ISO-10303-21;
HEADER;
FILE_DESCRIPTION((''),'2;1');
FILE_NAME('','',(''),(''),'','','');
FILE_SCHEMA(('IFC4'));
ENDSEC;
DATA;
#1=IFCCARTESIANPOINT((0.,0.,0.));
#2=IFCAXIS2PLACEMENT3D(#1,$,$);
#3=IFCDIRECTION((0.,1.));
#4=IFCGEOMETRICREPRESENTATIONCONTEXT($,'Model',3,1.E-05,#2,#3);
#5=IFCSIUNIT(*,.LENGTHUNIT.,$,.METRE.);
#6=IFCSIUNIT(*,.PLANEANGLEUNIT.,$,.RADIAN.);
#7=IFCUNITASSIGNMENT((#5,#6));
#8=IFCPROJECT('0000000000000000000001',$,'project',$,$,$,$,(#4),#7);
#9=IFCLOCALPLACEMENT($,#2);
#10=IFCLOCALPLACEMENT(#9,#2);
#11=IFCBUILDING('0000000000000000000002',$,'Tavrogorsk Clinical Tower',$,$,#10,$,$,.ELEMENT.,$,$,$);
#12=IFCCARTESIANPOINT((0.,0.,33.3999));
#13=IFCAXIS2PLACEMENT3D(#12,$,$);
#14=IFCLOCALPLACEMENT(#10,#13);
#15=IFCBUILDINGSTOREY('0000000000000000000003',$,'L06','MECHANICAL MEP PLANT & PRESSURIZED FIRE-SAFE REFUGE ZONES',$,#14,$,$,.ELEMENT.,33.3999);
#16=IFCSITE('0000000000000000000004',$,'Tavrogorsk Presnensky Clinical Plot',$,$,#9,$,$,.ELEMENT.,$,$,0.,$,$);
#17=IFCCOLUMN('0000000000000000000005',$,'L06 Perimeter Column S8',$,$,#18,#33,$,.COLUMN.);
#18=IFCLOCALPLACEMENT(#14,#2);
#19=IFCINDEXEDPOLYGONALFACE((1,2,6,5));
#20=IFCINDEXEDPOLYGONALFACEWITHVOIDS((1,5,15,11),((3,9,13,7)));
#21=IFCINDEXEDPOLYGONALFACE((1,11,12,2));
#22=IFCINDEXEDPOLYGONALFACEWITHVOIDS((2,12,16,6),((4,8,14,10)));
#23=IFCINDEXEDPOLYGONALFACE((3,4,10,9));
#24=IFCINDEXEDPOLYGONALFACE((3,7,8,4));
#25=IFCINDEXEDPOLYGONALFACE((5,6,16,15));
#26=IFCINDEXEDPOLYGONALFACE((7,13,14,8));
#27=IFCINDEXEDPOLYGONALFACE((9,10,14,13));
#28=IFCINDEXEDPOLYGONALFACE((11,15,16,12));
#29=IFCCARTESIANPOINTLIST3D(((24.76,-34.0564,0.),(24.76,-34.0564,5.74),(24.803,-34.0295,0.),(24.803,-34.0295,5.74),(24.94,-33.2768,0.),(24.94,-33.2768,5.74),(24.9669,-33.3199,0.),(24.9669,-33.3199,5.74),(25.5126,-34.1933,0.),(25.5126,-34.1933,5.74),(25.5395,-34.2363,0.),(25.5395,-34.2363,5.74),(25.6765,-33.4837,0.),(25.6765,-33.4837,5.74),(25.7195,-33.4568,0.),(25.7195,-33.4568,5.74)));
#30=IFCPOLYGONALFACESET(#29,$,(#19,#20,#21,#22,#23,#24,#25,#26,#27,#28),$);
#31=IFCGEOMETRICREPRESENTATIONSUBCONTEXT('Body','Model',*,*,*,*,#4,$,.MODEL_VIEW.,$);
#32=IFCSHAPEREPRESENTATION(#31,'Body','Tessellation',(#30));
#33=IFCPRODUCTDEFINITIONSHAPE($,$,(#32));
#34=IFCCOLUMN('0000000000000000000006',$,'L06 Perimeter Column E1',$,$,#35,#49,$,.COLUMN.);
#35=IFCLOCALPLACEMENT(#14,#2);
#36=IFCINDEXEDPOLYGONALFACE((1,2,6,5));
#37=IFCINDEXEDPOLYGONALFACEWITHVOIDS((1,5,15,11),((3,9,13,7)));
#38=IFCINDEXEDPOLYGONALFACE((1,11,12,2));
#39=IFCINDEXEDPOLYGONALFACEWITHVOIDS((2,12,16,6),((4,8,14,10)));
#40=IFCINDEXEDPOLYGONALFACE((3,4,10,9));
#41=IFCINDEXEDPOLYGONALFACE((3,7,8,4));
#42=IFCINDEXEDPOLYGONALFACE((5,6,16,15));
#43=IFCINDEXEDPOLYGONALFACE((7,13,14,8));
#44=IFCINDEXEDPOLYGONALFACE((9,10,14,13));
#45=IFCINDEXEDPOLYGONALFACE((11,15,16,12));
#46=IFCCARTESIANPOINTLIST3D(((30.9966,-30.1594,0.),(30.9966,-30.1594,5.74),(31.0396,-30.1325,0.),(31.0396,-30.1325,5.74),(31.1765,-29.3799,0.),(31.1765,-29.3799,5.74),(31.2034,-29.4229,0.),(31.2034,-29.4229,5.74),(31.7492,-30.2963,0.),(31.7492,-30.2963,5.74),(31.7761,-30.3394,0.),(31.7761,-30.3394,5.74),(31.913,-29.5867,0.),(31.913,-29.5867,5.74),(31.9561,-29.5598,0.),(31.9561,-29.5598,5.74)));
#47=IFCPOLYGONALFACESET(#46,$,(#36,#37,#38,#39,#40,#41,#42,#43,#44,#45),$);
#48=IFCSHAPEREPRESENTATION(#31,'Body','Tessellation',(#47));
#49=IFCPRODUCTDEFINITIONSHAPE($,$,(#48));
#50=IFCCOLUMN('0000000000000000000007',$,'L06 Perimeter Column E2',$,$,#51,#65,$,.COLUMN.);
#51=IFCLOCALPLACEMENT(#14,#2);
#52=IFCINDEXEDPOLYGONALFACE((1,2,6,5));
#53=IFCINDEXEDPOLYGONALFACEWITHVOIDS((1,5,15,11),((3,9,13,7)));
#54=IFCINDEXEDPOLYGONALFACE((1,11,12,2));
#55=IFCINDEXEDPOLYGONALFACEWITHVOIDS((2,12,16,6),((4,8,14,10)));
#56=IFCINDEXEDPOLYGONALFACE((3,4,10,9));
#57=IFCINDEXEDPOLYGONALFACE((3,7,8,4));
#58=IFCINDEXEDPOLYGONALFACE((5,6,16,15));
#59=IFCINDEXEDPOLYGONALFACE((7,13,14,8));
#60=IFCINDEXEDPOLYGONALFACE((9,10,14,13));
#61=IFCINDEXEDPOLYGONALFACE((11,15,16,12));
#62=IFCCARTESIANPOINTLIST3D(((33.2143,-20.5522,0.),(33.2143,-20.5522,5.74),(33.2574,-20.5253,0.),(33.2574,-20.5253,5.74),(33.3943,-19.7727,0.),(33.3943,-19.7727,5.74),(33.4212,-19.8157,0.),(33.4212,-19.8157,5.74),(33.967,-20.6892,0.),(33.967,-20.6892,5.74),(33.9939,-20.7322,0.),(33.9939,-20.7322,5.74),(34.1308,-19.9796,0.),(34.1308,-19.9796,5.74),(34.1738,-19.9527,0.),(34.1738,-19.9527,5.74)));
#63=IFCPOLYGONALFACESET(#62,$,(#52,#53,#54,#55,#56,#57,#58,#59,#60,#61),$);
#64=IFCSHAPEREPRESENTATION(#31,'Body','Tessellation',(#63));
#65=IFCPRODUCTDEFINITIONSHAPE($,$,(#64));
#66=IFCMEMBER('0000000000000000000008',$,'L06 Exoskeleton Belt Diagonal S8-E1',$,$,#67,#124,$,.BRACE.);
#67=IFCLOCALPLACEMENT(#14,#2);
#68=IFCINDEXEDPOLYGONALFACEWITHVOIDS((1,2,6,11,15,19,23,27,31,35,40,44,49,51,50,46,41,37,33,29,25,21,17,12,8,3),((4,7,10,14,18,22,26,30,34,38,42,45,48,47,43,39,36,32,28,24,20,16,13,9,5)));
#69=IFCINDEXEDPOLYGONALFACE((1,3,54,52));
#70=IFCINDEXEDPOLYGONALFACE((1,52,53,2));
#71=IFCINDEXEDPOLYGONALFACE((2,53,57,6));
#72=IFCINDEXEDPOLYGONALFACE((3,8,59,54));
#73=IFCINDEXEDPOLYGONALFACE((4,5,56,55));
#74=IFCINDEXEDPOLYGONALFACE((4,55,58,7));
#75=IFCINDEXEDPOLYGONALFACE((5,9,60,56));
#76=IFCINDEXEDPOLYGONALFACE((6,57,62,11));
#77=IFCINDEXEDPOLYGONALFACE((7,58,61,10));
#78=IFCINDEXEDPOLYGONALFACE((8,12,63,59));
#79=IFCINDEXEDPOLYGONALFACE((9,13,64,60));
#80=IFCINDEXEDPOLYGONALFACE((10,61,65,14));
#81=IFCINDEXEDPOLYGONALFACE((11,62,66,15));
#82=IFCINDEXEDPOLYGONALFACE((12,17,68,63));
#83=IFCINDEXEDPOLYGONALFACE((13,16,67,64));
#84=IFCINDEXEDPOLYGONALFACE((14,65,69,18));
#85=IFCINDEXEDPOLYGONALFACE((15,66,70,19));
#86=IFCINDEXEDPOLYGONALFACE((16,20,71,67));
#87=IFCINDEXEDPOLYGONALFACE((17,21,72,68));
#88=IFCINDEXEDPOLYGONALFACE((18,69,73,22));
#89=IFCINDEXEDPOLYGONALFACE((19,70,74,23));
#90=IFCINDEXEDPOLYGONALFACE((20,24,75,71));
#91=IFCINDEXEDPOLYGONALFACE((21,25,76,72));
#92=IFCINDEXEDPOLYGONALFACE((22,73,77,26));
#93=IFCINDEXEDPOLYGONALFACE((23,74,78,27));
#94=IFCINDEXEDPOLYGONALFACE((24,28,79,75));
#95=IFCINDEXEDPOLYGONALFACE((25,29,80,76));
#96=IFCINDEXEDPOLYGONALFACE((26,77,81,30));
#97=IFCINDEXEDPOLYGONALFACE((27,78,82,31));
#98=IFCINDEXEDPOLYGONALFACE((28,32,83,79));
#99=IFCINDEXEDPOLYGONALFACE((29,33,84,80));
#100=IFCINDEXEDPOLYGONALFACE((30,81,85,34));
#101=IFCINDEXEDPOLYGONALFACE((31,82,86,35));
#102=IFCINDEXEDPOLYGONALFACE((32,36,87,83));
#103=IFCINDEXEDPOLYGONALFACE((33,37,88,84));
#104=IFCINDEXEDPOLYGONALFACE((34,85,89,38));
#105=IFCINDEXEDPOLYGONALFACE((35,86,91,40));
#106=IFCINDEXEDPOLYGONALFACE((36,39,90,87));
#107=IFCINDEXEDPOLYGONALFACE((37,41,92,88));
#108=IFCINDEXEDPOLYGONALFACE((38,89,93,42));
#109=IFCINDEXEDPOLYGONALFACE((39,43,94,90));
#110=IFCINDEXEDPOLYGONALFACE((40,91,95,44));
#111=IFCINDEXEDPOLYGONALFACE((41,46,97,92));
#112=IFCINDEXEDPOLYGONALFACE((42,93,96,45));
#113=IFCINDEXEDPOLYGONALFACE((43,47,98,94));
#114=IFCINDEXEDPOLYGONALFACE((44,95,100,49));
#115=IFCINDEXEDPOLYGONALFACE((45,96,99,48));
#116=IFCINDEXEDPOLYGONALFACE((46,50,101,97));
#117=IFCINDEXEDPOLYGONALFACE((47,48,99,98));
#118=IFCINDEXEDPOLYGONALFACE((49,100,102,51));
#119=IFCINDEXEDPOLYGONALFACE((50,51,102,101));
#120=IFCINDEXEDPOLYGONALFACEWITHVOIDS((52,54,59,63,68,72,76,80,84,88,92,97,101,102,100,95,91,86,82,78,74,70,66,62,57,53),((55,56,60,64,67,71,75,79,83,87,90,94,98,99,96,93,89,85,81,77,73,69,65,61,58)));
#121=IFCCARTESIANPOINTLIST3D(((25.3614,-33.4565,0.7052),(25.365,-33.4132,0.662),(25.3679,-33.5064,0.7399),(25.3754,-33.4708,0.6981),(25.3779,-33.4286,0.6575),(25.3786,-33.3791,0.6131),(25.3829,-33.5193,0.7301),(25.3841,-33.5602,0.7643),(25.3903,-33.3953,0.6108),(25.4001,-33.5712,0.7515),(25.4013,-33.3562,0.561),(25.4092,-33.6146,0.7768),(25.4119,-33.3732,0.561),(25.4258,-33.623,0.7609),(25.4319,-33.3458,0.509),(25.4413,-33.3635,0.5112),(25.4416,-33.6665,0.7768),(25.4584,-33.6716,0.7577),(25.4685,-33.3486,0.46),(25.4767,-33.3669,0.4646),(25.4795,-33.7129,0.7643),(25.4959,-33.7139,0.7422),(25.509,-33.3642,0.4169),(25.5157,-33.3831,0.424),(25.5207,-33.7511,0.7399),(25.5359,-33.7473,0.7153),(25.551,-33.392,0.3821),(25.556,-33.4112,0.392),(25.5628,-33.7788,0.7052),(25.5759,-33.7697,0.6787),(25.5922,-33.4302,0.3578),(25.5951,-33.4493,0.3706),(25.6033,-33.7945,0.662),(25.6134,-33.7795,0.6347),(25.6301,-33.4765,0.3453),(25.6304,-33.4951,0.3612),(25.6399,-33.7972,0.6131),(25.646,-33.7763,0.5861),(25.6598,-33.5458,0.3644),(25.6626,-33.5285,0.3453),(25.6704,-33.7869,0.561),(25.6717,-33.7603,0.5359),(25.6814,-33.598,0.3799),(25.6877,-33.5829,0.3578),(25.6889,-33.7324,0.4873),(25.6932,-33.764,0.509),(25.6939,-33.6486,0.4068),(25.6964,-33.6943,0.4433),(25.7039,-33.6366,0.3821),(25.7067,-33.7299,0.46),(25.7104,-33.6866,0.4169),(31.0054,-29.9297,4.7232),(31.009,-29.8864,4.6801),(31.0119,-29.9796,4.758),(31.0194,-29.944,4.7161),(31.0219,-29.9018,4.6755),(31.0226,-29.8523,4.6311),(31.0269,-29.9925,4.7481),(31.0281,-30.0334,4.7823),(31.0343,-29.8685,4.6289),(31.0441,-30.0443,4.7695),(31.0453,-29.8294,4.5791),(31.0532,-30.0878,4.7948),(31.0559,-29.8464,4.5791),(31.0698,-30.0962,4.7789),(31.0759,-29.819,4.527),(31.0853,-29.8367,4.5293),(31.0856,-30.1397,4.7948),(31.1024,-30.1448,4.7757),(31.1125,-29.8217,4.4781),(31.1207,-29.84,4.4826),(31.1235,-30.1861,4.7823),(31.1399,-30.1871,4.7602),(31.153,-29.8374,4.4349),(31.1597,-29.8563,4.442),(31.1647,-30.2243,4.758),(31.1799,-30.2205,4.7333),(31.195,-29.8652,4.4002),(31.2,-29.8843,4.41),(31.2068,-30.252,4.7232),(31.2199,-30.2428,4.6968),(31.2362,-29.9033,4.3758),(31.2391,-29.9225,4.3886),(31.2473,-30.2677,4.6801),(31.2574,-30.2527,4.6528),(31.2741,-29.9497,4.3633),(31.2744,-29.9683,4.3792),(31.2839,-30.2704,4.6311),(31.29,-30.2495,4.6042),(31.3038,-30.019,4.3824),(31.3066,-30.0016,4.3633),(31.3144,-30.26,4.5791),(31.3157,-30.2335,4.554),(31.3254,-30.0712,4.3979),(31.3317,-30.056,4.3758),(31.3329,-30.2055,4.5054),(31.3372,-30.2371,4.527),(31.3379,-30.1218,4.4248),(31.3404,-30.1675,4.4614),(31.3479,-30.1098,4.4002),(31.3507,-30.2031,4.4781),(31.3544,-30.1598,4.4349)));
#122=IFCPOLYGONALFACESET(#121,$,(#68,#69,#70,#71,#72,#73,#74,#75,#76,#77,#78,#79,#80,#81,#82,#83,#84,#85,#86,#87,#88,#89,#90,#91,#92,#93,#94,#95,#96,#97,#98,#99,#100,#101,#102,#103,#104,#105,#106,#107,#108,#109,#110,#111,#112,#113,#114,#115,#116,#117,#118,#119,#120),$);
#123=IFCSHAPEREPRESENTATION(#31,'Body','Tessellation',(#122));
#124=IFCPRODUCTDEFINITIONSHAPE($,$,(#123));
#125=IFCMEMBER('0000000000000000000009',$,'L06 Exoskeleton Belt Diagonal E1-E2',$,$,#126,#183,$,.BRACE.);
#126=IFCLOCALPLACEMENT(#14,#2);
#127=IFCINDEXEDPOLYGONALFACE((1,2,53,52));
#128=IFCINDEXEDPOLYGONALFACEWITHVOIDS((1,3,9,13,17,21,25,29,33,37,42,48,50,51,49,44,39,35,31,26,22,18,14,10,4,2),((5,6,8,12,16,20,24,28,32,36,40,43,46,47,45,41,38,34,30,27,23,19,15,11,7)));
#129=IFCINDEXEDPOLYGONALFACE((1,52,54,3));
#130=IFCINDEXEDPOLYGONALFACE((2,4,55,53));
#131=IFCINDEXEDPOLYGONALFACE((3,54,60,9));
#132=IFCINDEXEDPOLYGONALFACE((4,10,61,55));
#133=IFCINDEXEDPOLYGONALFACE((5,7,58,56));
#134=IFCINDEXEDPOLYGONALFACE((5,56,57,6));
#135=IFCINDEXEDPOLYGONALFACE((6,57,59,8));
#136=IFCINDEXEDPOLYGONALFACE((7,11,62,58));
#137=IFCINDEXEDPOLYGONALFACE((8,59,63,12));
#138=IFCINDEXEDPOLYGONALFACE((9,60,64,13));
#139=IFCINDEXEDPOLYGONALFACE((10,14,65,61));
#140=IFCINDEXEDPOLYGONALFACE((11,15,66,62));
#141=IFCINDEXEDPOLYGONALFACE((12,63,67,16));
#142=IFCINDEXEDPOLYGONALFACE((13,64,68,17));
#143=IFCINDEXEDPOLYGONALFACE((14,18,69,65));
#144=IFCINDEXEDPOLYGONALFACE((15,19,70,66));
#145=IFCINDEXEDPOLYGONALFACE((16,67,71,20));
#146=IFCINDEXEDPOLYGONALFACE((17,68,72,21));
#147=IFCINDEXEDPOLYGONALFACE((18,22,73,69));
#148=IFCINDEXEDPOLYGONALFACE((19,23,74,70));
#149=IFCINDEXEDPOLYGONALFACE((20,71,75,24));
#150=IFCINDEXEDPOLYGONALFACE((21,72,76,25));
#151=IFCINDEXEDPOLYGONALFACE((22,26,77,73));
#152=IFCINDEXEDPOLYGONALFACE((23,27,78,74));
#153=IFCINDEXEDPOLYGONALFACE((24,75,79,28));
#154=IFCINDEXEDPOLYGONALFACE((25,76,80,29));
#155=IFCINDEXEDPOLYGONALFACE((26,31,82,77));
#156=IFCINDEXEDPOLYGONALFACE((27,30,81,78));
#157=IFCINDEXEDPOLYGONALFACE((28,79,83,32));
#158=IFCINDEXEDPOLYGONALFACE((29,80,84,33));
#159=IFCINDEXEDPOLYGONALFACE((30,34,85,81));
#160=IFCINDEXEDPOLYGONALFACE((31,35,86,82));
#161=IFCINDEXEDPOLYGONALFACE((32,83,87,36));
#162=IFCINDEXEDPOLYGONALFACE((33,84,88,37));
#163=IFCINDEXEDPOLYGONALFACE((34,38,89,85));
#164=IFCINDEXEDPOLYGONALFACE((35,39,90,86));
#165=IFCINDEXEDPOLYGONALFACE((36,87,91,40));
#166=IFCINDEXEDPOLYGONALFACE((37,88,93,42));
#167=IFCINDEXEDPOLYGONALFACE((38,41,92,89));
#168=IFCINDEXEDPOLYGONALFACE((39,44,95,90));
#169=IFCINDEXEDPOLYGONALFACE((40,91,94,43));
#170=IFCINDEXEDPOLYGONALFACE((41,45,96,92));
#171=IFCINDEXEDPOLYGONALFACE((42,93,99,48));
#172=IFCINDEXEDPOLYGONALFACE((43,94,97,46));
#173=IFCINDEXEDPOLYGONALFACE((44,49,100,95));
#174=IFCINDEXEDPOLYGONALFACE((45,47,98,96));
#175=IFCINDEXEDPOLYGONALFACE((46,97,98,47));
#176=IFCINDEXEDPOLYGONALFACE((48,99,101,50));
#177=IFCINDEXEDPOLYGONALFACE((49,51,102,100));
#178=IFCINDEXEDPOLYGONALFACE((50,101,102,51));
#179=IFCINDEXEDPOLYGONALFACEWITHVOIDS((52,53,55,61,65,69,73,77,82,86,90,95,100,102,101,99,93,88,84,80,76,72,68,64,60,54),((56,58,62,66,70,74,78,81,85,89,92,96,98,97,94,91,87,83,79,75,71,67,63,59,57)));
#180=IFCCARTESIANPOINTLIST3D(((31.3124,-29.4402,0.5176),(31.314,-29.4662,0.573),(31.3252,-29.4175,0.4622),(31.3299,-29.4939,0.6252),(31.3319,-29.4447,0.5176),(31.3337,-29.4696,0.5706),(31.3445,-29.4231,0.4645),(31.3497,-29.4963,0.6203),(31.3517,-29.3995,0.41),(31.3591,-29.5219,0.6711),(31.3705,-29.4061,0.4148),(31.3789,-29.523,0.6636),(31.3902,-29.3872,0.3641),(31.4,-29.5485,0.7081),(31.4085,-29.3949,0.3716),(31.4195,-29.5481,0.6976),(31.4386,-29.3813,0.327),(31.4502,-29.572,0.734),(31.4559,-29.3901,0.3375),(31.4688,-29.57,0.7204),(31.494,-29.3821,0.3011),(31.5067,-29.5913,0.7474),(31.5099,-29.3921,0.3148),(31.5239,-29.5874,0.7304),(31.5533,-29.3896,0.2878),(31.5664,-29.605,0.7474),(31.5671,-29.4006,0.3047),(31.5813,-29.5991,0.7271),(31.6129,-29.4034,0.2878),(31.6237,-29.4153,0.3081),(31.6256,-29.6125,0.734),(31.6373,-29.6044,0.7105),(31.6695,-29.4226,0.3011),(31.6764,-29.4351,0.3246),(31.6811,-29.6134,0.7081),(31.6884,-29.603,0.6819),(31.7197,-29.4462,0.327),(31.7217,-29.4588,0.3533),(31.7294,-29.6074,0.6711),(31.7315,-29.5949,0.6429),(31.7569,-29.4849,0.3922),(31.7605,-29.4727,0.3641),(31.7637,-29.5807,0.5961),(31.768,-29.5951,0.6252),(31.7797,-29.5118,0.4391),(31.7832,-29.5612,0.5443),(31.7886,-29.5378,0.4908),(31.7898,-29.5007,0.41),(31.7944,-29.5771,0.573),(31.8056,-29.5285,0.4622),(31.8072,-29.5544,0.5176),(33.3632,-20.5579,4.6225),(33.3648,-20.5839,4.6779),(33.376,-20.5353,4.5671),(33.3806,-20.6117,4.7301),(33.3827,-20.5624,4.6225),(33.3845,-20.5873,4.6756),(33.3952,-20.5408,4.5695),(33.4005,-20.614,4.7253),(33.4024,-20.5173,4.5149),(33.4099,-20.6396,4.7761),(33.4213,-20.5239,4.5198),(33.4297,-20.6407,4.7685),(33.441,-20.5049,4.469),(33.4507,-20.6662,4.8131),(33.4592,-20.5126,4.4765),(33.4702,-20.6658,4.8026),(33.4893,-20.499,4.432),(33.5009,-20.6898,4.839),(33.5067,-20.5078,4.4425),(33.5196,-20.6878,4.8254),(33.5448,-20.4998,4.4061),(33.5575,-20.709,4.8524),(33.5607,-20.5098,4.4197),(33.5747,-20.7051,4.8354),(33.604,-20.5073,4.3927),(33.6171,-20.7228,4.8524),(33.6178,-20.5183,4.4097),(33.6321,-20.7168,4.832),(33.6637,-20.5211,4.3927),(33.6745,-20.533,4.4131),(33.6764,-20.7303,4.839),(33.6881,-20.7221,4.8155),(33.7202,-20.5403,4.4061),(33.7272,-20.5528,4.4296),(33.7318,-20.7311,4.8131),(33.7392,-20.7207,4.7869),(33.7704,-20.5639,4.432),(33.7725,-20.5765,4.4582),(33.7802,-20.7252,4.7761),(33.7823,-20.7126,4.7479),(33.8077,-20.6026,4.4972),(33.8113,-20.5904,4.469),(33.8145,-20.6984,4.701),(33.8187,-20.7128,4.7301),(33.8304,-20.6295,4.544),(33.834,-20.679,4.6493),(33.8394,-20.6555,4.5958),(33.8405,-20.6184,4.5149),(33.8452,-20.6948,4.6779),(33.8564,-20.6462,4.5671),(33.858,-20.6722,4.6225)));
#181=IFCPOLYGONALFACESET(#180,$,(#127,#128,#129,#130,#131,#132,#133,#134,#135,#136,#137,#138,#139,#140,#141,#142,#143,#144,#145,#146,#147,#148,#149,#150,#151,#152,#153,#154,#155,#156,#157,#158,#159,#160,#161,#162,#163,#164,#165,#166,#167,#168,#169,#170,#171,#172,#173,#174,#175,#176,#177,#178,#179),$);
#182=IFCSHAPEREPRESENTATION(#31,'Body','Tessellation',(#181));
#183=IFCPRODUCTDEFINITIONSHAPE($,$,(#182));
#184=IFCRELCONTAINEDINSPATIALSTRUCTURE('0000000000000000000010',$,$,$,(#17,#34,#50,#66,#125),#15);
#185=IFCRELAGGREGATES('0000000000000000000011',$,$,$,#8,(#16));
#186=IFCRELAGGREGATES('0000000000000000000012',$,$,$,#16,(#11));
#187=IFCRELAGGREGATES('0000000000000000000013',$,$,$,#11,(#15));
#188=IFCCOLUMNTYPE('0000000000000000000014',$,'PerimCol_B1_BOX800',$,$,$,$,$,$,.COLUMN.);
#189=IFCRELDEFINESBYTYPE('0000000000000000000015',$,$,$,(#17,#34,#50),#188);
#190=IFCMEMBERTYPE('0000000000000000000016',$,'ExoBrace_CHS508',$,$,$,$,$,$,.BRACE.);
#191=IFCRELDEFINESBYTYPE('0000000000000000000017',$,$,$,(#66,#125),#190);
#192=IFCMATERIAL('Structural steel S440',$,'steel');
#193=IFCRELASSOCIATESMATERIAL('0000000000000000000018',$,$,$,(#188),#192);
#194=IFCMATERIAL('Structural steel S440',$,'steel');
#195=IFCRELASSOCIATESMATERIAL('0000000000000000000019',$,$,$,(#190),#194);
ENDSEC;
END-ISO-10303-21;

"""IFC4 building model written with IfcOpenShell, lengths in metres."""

from ifc_helpers import new_model, si_unit, direction, frame, origin, origin_2d, place, context, subcontext, project, spatial, hollow_rectangle, hollow_circle, extrude, material, material_profile, profile_set, type_object, element, save


model = new_model("IFC4")

# Units and contexts
model_context = context("Model", 3, precision=1e-05, world=origin(), true_north=direction((0.0, 1.0)))
body_context = subcontext(model_context, "Body", "Model", "MODEL_VIEW")
ifc_project = project(units=[si_unit("LENGTHUNIT", "METRE"), si_unit("PLANEANGLEUNIT", "RADIAN")], contexts=[model_context])

# Site, building, storey
site_placement = place(None, origin())
site = spatial("IfcSite", under=ifc_project, at=site_placement, Name="Tavrogorsk Presnensky Clinical Plot", CompositionType="ELEMENT", RefElevation=0.0)
building_placement = place(site_placement, origin())
building = spatial("IfcBuilding", under=site, at=building_placement, Name="Tavrogorsk Clinical Tower", CompositionType="ELEMENT")
storey_placement = place(building_placement, frame((0.0, 0.0, 33.3999)))
storey = spatial("IfcBuildingStorey", under=building, at=storey_placement, Name="L06", Description="MECHANICAL MEP PLANT & PRESSURIZED FIRE-SAFE REFUGE ZONES", CompositionType="ELEMENT", Elevation=33.3999)

# Columns
ifc_material_1 = material(Name="Structural steel S440", Category="steel")
ifc_material_profile_1 = material_profile(ifc_material_1, hollow_rectangle(XDim=0.8, YDim=0.8, WallThickness=0.0359, at=origin_2d()), Name="BOX-800x800x36")
ifc_profile_set_1 = profile_set([ifc_material_profile_1], Name="Structural steel S440")
column_type = type_object("IfcColumnType", Name="PerimCol_B1_BOX800", PredefinedType="COLUMN", material=ifc_profile_set_1)
for number, where, z_axis, x_axis, name in (
    (1, (25.2397, -33.7566, 0.0), (0.0, 0.0, 1.0), (0.97437, -0.224951, 0.0), "L06 Perimeter Column S8"),
    (2, (31.4763, -29.8596, 0.0), (0.0, 0.0, 1.0), (0.97437, -0.224951, 0.0), "L06 Perimeter Column E1"),
    (3, (33.6941, -20.2524, 0.0), (0.0, 0.0, 1.0), (0.97437, -0.224951, 0.0), "L06 Perimeter Column E2"),
):
    element("IfcColumn", number, at=place(storey_placement, frame(where, z_axis=z_axis, x_axis=x_axis)), inside=storey, type_object=column_type, Name=name, PredefinedType="COLUMN", context=body_context, shape_type="SweptSolid", body=[
        extrude(hollow_rectangle(XDim=0.8, YDim=0.8, WallThickness=0.0359, at=origin_2d()), origin(), (0.0, 0.0, 1.0), 5.74),
    ])

# Members
ifc_material_2 = material(Name="Structural steel S440", Category="steel")
ifc_material_profile_2 = material_profile(ifc_material_2, hollow_circle(Radius=0.2539, WallThickness=0.02, at=origin_2d()), Name="CHS-508x20")
ifc_profile_set_2 = profile_set([ifc_material_profile_2], Name="Structural steel S440")
member_type_1 = type_object("IfcMemberType", Name="ExoBrace_CHS508", PredefinedType="BRACE", material=ifc_profile_set_2)
member_1_placement = place(storey_placement, frame((25.5359, -33.5715, 0.561), z_axis=(0.725993, 0.453659, 0.516844), x_axis=(-0.529926, 0.848044, 0.0)))
element("IfcMember", 4, at=member_1_placement, inside=storey, type_object=member_type_1, Name="L06 Exoskeleton Belt Diagonal S8-E1", PredefinedType="BRACE", context=body_context, shape_type="SweptSolid", body=[
    extrude(hollow_circle(Radius=0.2539, WallThickness=0.02, at=origin_2d()), origin(), (0.0, 0.0, 1.0), 7.7742),
])
for number, where, z_axis, x_axis, name in (
    (5, (31.5598, -29.4973, 0.5176), (0.205127, 0.888445, 0.410596), (-0.974367, 0.224965, 0.0), "L06 Exoskeleton Belt Diagonal E1-E2"),
):
    element("IfcMember", number, at=place(storey_placement, frame(where, z_axis=z_axis, x_axis=x_axis)), inside=storey, type_object=member_type_1, Name=name, PredefinedType="BRACE", context=body_context, shape_type="SweptSolid", body=[
        extrude(hollow_circle(Radius=0.2539, WallThickness=0.02, at=origin_2d()), origin(), (0.0, 0.0, 1.0), 9.9976),
    ])

save(model, "model.ifc")
